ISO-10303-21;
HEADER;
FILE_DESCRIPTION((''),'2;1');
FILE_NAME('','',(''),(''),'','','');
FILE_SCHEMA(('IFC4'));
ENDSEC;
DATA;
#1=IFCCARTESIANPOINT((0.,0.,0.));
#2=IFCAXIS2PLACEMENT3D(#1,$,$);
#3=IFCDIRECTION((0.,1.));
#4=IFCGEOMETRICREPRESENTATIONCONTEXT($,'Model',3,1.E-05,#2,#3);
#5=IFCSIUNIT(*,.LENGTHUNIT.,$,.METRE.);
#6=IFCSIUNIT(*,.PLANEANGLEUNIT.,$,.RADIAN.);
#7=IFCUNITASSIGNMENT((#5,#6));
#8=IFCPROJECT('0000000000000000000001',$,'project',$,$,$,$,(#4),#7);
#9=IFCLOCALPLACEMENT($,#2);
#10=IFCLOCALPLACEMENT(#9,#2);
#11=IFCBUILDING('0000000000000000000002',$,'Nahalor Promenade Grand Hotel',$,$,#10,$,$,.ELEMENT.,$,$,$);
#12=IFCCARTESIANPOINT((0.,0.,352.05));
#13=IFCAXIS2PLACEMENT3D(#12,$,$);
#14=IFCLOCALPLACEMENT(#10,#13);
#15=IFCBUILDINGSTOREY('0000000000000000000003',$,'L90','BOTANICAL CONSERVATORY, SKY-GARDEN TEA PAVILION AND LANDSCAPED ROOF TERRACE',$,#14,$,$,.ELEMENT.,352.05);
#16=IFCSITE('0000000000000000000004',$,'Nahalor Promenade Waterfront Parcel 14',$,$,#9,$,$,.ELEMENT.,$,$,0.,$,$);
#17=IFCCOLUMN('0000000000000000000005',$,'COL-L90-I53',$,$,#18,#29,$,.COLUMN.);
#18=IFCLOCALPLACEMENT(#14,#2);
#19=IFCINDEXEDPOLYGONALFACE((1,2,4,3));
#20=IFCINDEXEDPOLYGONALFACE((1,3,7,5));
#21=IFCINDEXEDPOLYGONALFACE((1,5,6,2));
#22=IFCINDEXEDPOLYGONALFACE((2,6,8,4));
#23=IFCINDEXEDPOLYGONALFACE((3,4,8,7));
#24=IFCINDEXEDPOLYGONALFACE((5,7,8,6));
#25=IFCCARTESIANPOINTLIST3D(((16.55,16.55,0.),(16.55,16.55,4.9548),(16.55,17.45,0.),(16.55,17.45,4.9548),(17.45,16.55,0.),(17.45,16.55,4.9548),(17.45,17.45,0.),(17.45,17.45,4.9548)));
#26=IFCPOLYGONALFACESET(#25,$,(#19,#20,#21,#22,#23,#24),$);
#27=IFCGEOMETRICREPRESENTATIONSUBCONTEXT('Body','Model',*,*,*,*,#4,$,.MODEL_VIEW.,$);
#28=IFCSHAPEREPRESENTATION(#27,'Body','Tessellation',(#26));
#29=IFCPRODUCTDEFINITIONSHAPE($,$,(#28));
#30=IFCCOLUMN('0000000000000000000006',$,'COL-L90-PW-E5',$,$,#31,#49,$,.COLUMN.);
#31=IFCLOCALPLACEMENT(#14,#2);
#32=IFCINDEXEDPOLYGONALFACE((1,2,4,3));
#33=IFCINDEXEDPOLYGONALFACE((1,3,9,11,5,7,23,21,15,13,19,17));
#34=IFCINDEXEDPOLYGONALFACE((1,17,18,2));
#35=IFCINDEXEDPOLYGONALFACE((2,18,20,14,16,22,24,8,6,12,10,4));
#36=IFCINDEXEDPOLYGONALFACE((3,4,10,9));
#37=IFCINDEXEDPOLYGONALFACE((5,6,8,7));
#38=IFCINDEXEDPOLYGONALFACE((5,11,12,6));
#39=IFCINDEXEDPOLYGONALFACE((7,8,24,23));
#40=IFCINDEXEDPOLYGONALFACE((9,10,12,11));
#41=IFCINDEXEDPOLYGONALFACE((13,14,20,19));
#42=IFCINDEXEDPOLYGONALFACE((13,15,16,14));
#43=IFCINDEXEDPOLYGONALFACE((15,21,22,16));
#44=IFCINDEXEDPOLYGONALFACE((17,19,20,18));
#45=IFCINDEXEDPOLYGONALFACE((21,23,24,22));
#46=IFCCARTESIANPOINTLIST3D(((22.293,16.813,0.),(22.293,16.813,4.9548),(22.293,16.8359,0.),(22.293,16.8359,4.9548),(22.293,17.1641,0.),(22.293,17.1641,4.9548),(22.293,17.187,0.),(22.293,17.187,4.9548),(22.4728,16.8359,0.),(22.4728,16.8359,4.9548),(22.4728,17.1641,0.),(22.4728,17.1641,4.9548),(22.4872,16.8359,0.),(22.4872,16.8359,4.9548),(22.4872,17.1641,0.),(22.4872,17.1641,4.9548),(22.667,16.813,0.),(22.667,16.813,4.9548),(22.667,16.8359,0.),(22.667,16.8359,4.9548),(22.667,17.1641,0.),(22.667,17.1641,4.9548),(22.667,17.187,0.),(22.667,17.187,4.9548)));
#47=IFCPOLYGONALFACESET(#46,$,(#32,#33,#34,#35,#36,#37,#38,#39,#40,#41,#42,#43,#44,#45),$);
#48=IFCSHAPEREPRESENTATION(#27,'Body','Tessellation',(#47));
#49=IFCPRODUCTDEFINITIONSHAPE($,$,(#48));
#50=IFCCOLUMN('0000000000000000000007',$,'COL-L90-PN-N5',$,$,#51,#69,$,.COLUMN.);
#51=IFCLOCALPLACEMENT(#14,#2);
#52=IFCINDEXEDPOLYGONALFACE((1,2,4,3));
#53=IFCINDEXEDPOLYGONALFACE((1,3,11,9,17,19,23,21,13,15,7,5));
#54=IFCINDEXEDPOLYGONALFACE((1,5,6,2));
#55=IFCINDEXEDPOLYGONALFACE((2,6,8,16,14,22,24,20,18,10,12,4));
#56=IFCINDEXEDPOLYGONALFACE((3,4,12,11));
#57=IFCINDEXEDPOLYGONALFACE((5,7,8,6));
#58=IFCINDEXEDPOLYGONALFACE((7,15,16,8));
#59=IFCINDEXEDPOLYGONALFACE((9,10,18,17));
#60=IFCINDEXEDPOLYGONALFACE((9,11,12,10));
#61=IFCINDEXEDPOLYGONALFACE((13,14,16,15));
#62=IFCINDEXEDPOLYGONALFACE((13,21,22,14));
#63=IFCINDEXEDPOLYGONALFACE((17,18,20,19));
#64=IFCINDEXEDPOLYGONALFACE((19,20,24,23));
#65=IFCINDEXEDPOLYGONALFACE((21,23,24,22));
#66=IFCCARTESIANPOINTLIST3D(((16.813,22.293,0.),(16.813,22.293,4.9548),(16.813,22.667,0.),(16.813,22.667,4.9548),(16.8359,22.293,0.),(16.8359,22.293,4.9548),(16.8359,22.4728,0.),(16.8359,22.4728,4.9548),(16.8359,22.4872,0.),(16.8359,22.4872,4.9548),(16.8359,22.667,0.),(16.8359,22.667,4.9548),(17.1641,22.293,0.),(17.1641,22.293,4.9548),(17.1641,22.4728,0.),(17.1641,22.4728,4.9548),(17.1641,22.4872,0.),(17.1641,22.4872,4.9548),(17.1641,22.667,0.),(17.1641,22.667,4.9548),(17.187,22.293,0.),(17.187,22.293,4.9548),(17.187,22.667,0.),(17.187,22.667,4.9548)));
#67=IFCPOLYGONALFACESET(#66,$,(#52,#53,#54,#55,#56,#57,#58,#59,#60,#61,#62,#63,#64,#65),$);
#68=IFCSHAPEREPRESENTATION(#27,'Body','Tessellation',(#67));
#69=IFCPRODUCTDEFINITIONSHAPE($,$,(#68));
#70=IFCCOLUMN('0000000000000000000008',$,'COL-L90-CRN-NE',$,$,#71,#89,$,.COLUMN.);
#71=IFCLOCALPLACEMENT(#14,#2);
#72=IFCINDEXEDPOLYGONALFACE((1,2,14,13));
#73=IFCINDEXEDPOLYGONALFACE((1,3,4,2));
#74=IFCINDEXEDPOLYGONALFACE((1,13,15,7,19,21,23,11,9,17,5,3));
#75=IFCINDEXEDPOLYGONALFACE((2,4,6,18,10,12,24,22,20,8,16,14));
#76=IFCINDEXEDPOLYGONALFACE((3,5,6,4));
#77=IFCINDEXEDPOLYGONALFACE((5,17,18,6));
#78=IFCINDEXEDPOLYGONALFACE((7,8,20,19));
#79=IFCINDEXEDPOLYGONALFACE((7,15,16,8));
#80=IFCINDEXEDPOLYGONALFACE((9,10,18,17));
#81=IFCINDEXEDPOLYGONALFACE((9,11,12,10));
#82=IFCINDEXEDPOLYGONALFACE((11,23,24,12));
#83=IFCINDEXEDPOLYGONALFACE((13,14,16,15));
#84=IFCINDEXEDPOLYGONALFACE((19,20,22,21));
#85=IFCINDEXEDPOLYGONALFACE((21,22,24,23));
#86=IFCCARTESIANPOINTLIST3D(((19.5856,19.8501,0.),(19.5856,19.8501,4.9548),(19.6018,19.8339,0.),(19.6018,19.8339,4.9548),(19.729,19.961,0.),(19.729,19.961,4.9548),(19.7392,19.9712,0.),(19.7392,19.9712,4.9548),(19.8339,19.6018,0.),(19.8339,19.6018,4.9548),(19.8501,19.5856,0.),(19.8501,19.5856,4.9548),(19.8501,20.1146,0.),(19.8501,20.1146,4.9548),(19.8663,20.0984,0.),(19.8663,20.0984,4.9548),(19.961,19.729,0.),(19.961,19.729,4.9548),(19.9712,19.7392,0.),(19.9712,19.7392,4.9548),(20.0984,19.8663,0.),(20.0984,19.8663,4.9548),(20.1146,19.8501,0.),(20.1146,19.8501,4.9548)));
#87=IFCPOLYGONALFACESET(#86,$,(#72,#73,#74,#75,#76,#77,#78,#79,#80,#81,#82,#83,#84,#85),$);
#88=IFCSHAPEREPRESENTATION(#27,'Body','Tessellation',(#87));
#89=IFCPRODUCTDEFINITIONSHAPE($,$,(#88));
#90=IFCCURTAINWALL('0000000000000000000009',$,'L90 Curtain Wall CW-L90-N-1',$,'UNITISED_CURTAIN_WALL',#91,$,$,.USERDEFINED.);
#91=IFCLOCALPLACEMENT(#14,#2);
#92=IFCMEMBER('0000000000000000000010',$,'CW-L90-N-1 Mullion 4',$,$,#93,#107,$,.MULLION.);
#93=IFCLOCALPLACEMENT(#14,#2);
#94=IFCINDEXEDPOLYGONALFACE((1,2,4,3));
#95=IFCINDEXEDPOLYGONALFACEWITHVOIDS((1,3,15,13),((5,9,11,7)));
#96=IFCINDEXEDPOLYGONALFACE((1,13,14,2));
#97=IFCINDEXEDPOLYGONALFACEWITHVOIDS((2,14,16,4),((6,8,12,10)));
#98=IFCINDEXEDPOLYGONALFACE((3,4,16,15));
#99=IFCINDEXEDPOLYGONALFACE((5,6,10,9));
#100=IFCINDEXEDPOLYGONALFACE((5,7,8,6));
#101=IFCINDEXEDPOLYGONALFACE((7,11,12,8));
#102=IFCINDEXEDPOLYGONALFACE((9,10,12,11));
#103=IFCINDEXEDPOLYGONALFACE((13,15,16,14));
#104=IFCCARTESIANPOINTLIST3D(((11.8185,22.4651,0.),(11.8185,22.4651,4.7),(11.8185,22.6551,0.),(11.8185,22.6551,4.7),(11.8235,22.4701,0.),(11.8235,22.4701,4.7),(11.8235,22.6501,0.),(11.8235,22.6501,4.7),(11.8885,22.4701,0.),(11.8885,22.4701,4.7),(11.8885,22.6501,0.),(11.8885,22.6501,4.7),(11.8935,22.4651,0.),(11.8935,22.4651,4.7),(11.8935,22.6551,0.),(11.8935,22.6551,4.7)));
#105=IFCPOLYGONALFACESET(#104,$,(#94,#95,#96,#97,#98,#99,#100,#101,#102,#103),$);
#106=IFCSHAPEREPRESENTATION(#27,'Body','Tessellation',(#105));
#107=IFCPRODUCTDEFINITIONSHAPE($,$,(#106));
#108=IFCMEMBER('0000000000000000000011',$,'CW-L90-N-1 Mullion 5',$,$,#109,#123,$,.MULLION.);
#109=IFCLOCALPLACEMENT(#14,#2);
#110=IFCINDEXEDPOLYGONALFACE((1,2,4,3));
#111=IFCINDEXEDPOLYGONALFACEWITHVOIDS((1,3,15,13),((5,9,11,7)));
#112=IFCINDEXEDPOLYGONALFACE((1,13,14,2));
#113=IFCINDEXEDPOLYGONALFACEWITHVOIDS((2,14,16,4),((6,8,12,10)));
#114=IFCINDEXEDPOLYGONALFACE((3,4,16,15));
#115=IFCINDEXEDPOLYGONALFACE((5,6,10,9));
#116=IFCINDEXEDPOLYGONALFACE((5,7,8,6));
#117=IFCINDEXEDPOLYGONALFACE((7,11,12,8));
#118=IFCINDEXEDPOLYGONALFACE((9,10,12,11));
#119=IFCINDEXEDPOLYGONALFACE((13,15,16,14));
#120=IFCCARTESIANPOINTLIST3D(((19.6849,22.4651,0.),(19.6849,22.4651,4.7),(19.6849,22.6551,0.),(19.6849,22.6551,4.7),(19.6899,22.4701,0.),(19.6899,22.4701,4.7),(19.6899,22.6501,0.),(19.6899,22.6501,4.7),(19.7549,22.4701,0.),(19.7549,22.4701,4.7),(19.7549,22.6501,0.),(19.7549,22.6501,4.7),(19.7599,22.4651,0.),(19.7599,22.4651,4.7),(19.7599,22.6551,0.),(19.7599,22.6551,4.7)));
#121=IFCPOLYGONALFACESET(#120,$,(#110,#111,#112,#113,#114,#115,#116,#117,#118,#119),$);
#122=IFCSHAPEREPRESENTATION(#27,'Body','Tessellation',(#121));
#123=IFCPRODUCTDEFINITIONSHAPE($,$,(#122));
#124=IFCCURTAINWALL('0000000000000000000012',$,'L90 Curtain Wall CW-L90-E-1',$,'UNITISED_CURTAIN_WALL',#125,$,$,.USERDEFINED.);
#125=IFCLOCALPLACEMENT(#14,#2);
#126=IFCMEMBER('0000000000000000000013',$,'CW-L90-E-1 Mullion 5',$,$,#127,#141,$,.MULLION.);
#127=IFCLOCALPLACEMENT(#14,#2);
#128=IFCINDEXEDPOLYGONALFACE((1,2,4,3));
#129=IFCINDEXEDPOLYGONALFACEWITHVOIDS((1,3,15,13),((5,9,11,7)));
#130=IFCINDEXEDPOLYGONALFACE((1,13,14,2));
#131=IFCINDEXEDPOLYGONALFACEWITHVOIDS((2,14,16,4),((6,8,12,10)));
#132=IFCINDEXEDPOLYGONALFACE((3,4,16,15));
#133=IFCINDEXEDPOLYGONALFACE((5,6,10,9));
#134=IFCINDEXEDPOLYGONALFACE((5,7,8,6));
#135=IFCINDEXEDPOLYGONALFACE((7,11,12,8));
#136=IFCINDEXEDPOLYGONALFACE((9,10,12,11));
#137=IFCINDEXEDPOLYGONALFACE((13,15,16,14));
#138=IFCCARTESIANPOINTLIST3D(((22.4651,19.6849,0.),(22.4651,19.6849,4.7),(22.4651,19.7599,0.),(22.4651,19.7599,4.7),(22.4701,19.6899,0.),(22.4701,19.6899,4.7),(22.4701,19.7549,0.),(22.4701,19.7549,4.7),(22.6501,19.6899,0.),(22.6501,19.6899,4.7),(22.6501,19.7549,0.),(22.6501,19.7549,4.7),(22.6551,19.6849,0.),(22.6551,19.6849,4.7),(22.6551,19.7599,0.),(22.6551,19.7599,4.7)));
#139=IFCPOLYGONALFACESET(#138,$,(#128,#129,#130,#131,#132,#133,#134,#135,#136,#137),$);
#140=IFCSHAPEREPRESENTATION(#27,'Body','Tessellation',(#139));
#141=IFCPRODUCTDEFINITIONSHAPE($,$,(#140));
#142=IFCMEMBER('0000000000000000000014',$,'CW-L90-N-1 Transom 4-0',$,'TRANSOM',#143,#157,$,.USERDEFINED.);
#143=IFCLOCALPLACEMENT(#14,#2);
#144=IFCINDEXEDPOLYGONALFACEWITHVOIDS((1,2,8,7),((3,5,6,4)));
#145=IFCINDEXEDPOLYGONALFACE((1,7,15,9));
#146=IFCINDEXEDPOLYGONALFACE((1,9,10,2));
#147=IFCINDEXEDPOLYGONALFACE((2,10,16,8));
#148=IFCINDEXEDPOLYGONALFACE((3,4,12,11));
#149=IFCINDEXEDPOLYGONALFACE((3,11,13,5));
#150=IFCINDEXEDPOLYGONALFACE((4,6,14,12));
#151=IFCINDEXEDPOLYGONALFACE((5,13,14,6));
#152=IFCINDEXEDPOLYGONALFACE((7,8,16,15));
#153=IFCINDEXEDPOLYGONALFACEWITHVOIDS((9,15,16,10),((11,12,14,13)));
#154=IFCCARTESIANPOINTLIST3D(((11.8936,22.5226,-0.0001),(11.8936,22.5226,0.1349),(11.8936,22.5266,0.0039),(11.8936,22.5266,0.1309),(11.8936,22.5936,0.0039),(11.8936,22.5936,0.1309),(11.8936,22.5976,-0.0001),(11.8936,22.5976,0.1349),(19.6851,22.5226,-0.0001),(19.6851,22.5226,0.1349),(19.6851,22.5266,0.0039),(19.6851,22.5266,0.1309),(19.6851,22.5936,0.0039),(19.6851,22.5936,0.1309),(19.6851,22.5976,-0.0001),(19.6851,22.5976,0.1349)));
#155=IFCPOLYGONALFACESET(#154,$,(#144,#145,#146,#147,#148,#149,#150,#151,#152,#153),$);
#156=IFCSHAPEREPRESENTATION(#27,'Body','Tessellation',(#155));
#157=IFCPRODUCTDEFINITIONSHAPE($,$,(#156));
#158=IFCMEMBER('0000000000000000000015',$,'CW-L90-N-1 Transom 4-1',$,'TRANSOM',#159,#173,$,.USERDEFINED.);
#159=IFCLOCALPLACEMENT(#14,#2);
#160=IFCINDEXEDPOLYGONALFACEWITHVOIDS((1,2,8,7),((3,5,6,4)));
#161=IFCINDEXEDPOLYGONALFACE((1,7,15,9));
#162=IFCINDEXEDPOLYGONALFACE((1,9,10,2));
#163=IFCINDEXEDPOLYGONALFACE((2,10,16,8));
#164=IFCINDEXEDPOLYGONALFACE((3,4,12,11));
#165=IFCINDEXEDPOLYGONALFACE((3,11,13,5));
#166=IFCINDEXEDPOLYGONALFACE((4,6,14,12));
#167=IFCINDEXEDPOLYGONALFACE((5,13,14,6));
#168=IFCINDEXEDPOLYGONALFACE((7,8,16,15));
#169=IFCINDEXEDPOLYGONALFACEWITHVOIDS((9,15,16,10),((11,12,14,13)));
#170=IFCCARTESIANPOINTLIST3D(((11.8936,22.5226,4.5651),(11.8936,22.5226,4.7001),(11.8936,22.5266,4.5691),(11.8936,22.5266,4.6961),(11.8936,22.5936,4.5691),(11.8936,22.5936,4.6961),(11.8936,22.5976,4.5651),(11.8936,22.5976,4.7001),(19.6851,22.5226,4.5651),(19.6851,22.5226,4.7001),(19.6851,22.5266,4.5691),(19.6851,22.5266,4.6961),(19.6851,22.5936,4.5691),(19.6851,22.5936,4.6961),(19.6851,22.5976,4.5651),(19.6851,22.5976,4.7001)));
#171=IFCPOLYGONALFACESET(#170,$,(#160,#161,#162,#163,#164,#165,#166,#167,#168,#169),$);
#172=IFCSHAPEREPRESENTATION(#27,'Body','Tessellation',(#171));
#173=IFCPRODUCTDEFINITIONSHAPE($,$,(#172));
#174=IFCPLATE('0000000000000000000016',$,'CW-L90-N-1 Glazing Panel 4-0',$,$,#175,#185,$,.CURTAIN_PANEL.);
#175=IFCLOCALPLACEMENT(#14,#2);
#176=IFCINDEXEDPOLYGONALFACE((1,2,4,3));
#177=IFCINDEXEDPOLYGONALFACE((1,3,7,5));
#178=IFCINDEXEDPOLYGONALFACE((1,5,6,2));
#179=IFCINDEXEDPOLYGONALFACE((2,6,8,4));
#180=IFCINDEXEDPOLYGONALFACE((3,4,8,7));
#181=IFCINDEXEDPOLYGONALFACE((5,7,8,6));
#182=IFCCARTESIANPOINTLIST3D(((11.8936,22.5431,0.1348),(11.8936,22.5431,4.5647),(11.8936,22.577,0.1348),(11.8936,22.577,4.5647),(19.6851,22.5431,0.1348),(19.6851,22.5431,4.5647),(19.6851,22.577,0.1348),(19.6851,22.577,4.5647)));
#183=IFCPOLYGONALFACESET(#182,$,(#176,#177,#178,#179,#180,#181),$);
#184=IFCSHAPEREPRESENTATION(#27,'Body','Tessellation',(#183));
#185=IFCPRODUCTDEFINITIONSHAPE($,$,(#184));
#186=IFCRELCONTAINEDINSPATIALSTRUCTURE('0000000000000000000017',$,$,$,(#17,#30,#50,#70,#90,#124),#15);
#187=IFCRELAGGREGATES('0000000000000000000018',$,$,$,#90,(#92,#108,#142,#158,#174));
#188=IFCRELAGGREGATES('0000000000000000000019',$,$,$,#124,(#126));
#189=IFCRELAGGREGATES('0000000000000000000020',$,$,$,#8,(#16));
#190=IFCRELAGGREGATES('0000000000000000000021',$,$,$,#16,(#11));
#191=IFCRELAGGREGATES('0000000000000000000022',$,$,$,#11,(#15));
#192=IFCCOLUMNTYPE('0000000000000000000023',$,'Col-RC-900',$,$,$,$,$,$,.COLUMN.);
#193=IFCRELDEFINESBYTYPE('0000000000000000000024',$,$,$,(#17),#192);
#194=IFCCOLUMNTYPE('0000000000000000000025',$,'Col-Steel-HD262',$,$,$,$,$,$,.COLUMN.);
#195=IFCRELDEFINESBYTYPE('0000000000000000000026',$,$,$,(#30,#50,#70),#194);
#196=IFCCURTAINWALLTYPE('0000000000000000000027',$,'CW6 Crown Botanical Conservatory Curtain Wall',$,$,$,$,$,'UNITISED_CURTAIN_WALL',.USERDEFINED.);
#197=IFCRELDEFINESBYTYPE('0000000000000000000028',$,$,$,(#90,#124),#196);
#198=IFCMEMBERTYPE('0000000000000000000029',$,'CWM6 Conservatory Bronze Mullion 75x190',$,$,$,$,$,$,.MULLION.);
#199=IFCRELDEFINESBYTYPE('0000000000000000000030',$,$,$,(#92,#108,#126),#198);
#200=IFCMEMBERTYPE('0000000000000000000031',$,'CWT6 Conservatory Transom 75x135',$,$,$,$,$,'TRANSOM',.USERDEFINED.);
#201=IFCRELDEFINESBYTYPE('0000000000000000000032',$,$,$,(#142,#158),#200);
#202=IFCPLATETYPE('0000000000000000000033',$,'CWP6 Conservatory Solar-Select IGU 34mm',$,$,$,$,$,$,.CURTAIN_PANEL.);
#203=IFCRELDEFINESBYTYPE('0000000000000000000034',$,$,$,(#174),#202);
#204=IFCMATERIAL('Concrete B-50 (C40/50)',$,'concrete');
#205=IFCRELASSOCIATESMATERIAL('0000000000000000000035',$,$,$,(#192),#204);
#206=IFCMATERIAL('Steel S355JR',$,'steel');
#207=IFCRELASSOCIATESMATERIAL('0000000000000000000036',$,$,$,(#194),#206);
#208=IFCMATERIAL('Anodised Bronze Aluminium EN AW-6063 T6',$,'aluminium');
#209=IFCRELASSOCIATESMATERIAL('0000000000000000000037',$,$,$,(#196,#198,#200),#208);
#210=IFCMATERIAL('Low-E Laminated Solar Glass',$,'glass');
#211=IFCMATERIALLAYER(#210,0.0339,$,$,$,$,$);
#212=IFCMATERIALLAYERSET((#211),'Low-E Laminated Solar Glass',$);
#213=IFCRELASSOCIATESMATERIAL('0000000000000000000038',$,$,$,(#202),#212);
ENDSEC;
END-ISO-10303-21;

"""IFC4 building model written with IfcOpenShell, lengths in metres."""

from ifc_helpers import new_model, si_unit, direction, frame, origin, origin_2d, place, context, subcontext, project, spatial, rectangle, hollow_rectangle, i_section, extrude, source, transform, mapped, material, layer, layer_set, material_profile, profile_set, type_object, element, aggregate, save


model = new_model("IFC4")

# Units and contexts
model_context = context("Model", 3, precision=1e-05, world=origin(), true_north=direction((0.0, 1.0)))
body_context = subcontext(model_context, "Body", "Model", "MODEL_VIEW")
ifc_project = project(units=[si_unit("LENGTHUNIT", "METRE"), si_unit("PLANEANGLEUNIT", "RADIAN")], contexts=[model_context])

# Site, building, storey
site_placement = place(None, origin())
site = spatial("IfcSite", under=ifc_project, at=site_placement, Name="Nahalor Promenade Waterfront Parcel 14", CompositionType="ELEMENT", RefElevation=0.0)
building_placement = place(site_placement, origin())
building = spatial("IfcBuilding", under=site, at=building_placement, Name="Nahalor Promenade Grand Hotel", CompositionType="ELEMENT")
storey_placement = place(building_placement, frame((0.0, 0.0, 352.05)))
storey = spatial("IfcBuildingStorey", under=building, at=storey_placement, Name="L90", Description="BOTANICAL CONSERVATORY, SKY-GARDEN TEA PAVILION AND LANDSCAPED ROOF TERRACE", CompositionType="ELEMENT", Elevation=352.05)

# Columns
ifc_material_1 = material(Name="Concrete B-50 (C40/50)", Category="concrete")
ifc_material_profile_1 = material_profile(ifc_material_1, rectangle(XDim=0.9, YDim=0.9, at=origin_2d()), Name="RC 900x900")
ifc_profile_set_1 = profile_set([ifc_material_profile_1], Name="Concrete B-50 (C40/50)")
column_type_1 = type_object("IfcColumnType", Name="Col-RC-900", PredefinedType="COLUMN", material=ifc_profile_set_1)
shared_shape_1 = source(origin(), body_context, "Body", "SweptSolid", [
    extrude(rectangle(XDim=0.9, YDim=0.9, at=origin_2d()), origin(), (0.0, 0.0, 1.0), 4.9548),
])
column_placement = place(storey_placement, frame((17.0, 17.0, 0.0), z_axis=(0.0, 0.0, 1.0), x_axis=(1.0, 0.0, 0.0)))
element("IfcColumn", 1, at=column_placement, inside=storey, type_object=column_type_1, Name="COL-L90-I53", PredefinedType="COLUMN", context=body_context, shape_type="MappedRepresentation", body=[
    mapped(shared_shape_1, transform((0.0, 0.0, 0.0), scale=1.0)),
])
ifc_material_2 = material(Name="Steel S355JR", Category="steel")
ifc_material_profile_2 = material_profile(ifc_material_2, i_section(OverallWidth=0.374, OverallDepth=0.374, WebThickness=0.0144, FlangeThickness=0.0229, at=origin_2d()), Name="HD 360x262")
ifc_profile_set_2 = profile_set([ifc_material_profile_2], Name="Steel S355JR")
column_type_2 = type_object("IfcColumnType", Name="Col-Steel-HD262", PredefinedType="COLUMN", material=ifc_profile_set_2)
shared_shape_2 = source(origin(), body_context, "Body", "SweptSolid", [
    extrude(i_section(OverallWidth=0.374, OverallDepth=0.374, WebThickness=0.0144, FlangeThickness=0.0229, at=origin_2d()), origin(), (0.0, 0.0, 1.0), 4.9548),
])
for number, where, z_axis, x_axis, name in (
    (2, (22.48, 17.0, 0.0), (0.0, 0.0, 1.0), (1.0, 0.0, 0.0), "COL-L90-PW-E5"),
    (3, (17.0, 22.48, 0.0), (0.0, 0.0, 1.0), (0.0, 1.0, 0.0), "COL-L90-PN-N5"),
    (4, (19.8501, 19.8501, 0.0), (0.0, 0.0, 1.0), (0.707107, 0.707107, 0.0), "COL-L90-CRN-NE"),
):
    element("IfcColumn", number, at=place(storey_placement, frame(where, z_axis=z_axis, x_axis=x_axis)), inside=storey, type_object=column_type_2, Name=name, PredefinedType="COLUMN", context=body_context, shape_type="MappedRepresentation", body=[
        mapped(shared_shape_2, transform((0.0, 0.0, 0.0), scale=1.0)),
    ])

# Curtain wall, members
ifc_material_3 = material(Name="Anodised Bronze Aluminium EN AW-6063 T6", Category="aluminium")
curtain_wall_type = type_object("IfcCurtainWallType", Name="CW6 Crown Botanical Conservatory Curtain Wall", ElementType="UNITISED_CURTAIN_WALL", PredefinedType="USERDEFINED", material=ifc_material_3)
curtain_wall_1_placement = place(storey_placement, origin())
curtain_wall_1 = element("IfcCurtainWall", 5, at=curtain_wall_1_placement, inside=storey, type_object=curtain_wall_type, Name="L90 Curtain Wall CW-L90-N-1", ObjectType="UNITISED_CURTAIN_WALL", PredefinedType="USERDEFINED")
ifc_material_profile_3 = material_profile(ifc_material_3, hollow_rectangle(XDim=0.075, YDim=0.19, WallThickness=0.005, at=origin_2d()), Name="CWM 75x190x5")
ifc_profile_set_3 = profile_set([ifc_material_profile_3], Name="Anodised Bronze Aluminium EN AW-6063 T6")
member_type_1 = type_object("IfcMemberType", Name="CWM6 Conservatory Bronze Mullion 75x190", PredefinedType="MULLION", material=ifc_profile_set_3)
shared_shape_3 = source(origin(), body_context, "Body", "SweptSolid", [
    extrude(hollow_rectangle(XDim=0.075, YDim=0.19, WallThickness=0.005, at=origin_2d()), origin(), (0.0, 0.0, 1.0), 4.7),
])
member_1_placement = place(storey_placement, frame((11.856, 22.5601, 0.0), z_axis=(0.0, 0.0, 1.0), x_axis=(1.0, 0.0, 0.0)))
member_1 = element("IfcMember", 6, at=member_1_placement, type_object=member_type_1, Name="CW-L90-N-1 Mullion 4", PredefinedType="MULLION", context=body_context, shape_type="MappedRepresentation", body=[
    mapped(shared_shape_3, transform((0.0, 0.0, 0.0), scale=1.0)),
])
member_2_placement = place(storey_placement, frame((19.7224, 22.5601, 0.0), z_axis=(0.0, 0.0, 1.0), x_axis=(1.0, 0.0, 0.0)))
member_2 = element("IfcMember", 7, at=member_2_placement, type_object=member_type_1, Name="CW-L90-N-1 Mullion 5", PredefinedType="MULLION", context=body_context, shape_type="MappedRepresentation", body=[
    mapped(shared_shape_3, transform((0.0, 0.0, 0.0), scale=1.0)),
])

# Curtain wall, member
curtain_wall_2_placement = place(storey_placement, origin())
curtain_wall_2 = element("IfcCurtainWall", 8, at=curtain_wall_2_placement, inside=storey, type_object=curtain_wall_type, Name="L90 Curtain Wall CW-L90-E-1", ObjectType="UNITISED_CURTAIN_WALL", PredefinedType="USERDEFINED")
member_3_placement = place(storey_placement, frame((22.5601, 19.7224, 0.0), z_axis=(0.0, 0.0, 1.0), x_axis=(0.0, 1.0, 0.0)))
member_3 = element("IfcMember", 9, at=member_3_placement, type_object=member_type_1, Name="CW-L90-E-1 Mullion 5", PredefinedType="MULLION", context=body_context, shape_type="MappedRepresentation", body=[
    mapped(shared_shape_3, transform((0.0, 0.0, 0.0), scale=1.0)),
])

# Members
ifc_material_profile_4 = material_profile(ifc_material_3, hollow_rectangle(XDim=0.075, YDim=0.135, WallThickness=0.004, at=origin_2d()), Name="CWT 75x135x4")
ifc_profile_set_4 = profile_set([ifc_material_profile_4], Name="Anodised Bronze Aluminium EN AW-6063 T6")
member_type_2 = type_object("IfcMemberType", Name="CWT6 Conservatory Transom 75x135", ElementType="TRANSOM", PredefinedType="USERDEFINED", material=ifc_profile_set_4)
shared_shape_4 = source(origin(), body_context, "Body", "SweptSolid", [
    extrude(hollow_rectangle(XDim=0.075, YDim=0.135, WallThickness=0.004, at=origin_2d()), origin(), (0.0, 0.0, 1.0), 7.7915),
])
member_4_placement = place(storey_placement, frame((11.8936, 22.5601, 0.0674), z_axis=(1.0, 0.0, 0.0), x_axis=(0.0, 1.0, 0.0)))
member_4 = element("IfcMember", 10, at=member_4_placement, type_object=member_type_2, Name="CW-L90-N-1 Transom 4-0", ObjectType="TRANSOM", PredefinedType="USERDEFINED", context=body_context, shape_type="MappedRepresentation", body=[
    mapped(shared_shape_4, transform((0.0, 0.0, 0.0), scale=1.0)),
])
member_5_placement = place(storey_placement, frame((11.8936, 22.5601, 4.6326), z_axis=(1.0, 0.0, 0.0), x_axis=(0.0, 1.0, 0.0)))
member_5 = element("IfcMember", 11, at=member_5_placement, type_object=member_type_2, Name="CW-L90-N-1 Transom 4-1", ObjectType="TRANSOM", PredefinedType="USERDEFINED", context=body_context, shape_type="MappedRepresentation", body=[
    mapped(shared_shape_4, transform((0.0, 0.0, 0.0), scale=1.0)),
])

# Plate
ifc_material_4 = material(Name="Low-E Laminated Solar Glass", Category="glass")
ifc_layer_1 = layer(ifc_material_4, 0.0339)
ifc_layer_set_1 = layer_set([ifc_layer_1], Name="Low-E Laminated Solar Glass")
plate_type = type_object("IfcPlateType", Name="CWP6 Conservatory Solar-Select IGU 34mm", PredefinedType="CURTAIN_PANEL", material=ifc_layer_set_1)
shared_shape_5 = source(origin(), body_context, "Body", "SweptSolid", [
    extrude(rectangle(XDim=7.7915, YDim=0.0339, at=origin_2d()), origin(), (0.0, 0.0, 1.0), 4.4299),
])
plate_1_placement = place(storey_placement, frame((15.7893, 22.5601, 0.1348), z_axis=(0.0, 0.0, 1.0), x_axis=(1.0, 0.0, 0.0)))
plate_1 = element("IfcPlate", 12, at=plate_1_placement, type_object=plate_type, Name="CW-L90-N-1 Glazing Panel 4-0", PredefinedType="CURTAIN_PANEL", context=body_context, shape_type="MappedRepresentation", body=[
    mapped(shared_shape_5, transform((0.0, 0.0, 0.0), scale=1.0)),
])
aggregate(curtain_wall_1, [member_1, member_2, member_4, member_5, plate_1])
aggregate(curtain_wall_2, [member_3])

save(model, "model.ifc")
